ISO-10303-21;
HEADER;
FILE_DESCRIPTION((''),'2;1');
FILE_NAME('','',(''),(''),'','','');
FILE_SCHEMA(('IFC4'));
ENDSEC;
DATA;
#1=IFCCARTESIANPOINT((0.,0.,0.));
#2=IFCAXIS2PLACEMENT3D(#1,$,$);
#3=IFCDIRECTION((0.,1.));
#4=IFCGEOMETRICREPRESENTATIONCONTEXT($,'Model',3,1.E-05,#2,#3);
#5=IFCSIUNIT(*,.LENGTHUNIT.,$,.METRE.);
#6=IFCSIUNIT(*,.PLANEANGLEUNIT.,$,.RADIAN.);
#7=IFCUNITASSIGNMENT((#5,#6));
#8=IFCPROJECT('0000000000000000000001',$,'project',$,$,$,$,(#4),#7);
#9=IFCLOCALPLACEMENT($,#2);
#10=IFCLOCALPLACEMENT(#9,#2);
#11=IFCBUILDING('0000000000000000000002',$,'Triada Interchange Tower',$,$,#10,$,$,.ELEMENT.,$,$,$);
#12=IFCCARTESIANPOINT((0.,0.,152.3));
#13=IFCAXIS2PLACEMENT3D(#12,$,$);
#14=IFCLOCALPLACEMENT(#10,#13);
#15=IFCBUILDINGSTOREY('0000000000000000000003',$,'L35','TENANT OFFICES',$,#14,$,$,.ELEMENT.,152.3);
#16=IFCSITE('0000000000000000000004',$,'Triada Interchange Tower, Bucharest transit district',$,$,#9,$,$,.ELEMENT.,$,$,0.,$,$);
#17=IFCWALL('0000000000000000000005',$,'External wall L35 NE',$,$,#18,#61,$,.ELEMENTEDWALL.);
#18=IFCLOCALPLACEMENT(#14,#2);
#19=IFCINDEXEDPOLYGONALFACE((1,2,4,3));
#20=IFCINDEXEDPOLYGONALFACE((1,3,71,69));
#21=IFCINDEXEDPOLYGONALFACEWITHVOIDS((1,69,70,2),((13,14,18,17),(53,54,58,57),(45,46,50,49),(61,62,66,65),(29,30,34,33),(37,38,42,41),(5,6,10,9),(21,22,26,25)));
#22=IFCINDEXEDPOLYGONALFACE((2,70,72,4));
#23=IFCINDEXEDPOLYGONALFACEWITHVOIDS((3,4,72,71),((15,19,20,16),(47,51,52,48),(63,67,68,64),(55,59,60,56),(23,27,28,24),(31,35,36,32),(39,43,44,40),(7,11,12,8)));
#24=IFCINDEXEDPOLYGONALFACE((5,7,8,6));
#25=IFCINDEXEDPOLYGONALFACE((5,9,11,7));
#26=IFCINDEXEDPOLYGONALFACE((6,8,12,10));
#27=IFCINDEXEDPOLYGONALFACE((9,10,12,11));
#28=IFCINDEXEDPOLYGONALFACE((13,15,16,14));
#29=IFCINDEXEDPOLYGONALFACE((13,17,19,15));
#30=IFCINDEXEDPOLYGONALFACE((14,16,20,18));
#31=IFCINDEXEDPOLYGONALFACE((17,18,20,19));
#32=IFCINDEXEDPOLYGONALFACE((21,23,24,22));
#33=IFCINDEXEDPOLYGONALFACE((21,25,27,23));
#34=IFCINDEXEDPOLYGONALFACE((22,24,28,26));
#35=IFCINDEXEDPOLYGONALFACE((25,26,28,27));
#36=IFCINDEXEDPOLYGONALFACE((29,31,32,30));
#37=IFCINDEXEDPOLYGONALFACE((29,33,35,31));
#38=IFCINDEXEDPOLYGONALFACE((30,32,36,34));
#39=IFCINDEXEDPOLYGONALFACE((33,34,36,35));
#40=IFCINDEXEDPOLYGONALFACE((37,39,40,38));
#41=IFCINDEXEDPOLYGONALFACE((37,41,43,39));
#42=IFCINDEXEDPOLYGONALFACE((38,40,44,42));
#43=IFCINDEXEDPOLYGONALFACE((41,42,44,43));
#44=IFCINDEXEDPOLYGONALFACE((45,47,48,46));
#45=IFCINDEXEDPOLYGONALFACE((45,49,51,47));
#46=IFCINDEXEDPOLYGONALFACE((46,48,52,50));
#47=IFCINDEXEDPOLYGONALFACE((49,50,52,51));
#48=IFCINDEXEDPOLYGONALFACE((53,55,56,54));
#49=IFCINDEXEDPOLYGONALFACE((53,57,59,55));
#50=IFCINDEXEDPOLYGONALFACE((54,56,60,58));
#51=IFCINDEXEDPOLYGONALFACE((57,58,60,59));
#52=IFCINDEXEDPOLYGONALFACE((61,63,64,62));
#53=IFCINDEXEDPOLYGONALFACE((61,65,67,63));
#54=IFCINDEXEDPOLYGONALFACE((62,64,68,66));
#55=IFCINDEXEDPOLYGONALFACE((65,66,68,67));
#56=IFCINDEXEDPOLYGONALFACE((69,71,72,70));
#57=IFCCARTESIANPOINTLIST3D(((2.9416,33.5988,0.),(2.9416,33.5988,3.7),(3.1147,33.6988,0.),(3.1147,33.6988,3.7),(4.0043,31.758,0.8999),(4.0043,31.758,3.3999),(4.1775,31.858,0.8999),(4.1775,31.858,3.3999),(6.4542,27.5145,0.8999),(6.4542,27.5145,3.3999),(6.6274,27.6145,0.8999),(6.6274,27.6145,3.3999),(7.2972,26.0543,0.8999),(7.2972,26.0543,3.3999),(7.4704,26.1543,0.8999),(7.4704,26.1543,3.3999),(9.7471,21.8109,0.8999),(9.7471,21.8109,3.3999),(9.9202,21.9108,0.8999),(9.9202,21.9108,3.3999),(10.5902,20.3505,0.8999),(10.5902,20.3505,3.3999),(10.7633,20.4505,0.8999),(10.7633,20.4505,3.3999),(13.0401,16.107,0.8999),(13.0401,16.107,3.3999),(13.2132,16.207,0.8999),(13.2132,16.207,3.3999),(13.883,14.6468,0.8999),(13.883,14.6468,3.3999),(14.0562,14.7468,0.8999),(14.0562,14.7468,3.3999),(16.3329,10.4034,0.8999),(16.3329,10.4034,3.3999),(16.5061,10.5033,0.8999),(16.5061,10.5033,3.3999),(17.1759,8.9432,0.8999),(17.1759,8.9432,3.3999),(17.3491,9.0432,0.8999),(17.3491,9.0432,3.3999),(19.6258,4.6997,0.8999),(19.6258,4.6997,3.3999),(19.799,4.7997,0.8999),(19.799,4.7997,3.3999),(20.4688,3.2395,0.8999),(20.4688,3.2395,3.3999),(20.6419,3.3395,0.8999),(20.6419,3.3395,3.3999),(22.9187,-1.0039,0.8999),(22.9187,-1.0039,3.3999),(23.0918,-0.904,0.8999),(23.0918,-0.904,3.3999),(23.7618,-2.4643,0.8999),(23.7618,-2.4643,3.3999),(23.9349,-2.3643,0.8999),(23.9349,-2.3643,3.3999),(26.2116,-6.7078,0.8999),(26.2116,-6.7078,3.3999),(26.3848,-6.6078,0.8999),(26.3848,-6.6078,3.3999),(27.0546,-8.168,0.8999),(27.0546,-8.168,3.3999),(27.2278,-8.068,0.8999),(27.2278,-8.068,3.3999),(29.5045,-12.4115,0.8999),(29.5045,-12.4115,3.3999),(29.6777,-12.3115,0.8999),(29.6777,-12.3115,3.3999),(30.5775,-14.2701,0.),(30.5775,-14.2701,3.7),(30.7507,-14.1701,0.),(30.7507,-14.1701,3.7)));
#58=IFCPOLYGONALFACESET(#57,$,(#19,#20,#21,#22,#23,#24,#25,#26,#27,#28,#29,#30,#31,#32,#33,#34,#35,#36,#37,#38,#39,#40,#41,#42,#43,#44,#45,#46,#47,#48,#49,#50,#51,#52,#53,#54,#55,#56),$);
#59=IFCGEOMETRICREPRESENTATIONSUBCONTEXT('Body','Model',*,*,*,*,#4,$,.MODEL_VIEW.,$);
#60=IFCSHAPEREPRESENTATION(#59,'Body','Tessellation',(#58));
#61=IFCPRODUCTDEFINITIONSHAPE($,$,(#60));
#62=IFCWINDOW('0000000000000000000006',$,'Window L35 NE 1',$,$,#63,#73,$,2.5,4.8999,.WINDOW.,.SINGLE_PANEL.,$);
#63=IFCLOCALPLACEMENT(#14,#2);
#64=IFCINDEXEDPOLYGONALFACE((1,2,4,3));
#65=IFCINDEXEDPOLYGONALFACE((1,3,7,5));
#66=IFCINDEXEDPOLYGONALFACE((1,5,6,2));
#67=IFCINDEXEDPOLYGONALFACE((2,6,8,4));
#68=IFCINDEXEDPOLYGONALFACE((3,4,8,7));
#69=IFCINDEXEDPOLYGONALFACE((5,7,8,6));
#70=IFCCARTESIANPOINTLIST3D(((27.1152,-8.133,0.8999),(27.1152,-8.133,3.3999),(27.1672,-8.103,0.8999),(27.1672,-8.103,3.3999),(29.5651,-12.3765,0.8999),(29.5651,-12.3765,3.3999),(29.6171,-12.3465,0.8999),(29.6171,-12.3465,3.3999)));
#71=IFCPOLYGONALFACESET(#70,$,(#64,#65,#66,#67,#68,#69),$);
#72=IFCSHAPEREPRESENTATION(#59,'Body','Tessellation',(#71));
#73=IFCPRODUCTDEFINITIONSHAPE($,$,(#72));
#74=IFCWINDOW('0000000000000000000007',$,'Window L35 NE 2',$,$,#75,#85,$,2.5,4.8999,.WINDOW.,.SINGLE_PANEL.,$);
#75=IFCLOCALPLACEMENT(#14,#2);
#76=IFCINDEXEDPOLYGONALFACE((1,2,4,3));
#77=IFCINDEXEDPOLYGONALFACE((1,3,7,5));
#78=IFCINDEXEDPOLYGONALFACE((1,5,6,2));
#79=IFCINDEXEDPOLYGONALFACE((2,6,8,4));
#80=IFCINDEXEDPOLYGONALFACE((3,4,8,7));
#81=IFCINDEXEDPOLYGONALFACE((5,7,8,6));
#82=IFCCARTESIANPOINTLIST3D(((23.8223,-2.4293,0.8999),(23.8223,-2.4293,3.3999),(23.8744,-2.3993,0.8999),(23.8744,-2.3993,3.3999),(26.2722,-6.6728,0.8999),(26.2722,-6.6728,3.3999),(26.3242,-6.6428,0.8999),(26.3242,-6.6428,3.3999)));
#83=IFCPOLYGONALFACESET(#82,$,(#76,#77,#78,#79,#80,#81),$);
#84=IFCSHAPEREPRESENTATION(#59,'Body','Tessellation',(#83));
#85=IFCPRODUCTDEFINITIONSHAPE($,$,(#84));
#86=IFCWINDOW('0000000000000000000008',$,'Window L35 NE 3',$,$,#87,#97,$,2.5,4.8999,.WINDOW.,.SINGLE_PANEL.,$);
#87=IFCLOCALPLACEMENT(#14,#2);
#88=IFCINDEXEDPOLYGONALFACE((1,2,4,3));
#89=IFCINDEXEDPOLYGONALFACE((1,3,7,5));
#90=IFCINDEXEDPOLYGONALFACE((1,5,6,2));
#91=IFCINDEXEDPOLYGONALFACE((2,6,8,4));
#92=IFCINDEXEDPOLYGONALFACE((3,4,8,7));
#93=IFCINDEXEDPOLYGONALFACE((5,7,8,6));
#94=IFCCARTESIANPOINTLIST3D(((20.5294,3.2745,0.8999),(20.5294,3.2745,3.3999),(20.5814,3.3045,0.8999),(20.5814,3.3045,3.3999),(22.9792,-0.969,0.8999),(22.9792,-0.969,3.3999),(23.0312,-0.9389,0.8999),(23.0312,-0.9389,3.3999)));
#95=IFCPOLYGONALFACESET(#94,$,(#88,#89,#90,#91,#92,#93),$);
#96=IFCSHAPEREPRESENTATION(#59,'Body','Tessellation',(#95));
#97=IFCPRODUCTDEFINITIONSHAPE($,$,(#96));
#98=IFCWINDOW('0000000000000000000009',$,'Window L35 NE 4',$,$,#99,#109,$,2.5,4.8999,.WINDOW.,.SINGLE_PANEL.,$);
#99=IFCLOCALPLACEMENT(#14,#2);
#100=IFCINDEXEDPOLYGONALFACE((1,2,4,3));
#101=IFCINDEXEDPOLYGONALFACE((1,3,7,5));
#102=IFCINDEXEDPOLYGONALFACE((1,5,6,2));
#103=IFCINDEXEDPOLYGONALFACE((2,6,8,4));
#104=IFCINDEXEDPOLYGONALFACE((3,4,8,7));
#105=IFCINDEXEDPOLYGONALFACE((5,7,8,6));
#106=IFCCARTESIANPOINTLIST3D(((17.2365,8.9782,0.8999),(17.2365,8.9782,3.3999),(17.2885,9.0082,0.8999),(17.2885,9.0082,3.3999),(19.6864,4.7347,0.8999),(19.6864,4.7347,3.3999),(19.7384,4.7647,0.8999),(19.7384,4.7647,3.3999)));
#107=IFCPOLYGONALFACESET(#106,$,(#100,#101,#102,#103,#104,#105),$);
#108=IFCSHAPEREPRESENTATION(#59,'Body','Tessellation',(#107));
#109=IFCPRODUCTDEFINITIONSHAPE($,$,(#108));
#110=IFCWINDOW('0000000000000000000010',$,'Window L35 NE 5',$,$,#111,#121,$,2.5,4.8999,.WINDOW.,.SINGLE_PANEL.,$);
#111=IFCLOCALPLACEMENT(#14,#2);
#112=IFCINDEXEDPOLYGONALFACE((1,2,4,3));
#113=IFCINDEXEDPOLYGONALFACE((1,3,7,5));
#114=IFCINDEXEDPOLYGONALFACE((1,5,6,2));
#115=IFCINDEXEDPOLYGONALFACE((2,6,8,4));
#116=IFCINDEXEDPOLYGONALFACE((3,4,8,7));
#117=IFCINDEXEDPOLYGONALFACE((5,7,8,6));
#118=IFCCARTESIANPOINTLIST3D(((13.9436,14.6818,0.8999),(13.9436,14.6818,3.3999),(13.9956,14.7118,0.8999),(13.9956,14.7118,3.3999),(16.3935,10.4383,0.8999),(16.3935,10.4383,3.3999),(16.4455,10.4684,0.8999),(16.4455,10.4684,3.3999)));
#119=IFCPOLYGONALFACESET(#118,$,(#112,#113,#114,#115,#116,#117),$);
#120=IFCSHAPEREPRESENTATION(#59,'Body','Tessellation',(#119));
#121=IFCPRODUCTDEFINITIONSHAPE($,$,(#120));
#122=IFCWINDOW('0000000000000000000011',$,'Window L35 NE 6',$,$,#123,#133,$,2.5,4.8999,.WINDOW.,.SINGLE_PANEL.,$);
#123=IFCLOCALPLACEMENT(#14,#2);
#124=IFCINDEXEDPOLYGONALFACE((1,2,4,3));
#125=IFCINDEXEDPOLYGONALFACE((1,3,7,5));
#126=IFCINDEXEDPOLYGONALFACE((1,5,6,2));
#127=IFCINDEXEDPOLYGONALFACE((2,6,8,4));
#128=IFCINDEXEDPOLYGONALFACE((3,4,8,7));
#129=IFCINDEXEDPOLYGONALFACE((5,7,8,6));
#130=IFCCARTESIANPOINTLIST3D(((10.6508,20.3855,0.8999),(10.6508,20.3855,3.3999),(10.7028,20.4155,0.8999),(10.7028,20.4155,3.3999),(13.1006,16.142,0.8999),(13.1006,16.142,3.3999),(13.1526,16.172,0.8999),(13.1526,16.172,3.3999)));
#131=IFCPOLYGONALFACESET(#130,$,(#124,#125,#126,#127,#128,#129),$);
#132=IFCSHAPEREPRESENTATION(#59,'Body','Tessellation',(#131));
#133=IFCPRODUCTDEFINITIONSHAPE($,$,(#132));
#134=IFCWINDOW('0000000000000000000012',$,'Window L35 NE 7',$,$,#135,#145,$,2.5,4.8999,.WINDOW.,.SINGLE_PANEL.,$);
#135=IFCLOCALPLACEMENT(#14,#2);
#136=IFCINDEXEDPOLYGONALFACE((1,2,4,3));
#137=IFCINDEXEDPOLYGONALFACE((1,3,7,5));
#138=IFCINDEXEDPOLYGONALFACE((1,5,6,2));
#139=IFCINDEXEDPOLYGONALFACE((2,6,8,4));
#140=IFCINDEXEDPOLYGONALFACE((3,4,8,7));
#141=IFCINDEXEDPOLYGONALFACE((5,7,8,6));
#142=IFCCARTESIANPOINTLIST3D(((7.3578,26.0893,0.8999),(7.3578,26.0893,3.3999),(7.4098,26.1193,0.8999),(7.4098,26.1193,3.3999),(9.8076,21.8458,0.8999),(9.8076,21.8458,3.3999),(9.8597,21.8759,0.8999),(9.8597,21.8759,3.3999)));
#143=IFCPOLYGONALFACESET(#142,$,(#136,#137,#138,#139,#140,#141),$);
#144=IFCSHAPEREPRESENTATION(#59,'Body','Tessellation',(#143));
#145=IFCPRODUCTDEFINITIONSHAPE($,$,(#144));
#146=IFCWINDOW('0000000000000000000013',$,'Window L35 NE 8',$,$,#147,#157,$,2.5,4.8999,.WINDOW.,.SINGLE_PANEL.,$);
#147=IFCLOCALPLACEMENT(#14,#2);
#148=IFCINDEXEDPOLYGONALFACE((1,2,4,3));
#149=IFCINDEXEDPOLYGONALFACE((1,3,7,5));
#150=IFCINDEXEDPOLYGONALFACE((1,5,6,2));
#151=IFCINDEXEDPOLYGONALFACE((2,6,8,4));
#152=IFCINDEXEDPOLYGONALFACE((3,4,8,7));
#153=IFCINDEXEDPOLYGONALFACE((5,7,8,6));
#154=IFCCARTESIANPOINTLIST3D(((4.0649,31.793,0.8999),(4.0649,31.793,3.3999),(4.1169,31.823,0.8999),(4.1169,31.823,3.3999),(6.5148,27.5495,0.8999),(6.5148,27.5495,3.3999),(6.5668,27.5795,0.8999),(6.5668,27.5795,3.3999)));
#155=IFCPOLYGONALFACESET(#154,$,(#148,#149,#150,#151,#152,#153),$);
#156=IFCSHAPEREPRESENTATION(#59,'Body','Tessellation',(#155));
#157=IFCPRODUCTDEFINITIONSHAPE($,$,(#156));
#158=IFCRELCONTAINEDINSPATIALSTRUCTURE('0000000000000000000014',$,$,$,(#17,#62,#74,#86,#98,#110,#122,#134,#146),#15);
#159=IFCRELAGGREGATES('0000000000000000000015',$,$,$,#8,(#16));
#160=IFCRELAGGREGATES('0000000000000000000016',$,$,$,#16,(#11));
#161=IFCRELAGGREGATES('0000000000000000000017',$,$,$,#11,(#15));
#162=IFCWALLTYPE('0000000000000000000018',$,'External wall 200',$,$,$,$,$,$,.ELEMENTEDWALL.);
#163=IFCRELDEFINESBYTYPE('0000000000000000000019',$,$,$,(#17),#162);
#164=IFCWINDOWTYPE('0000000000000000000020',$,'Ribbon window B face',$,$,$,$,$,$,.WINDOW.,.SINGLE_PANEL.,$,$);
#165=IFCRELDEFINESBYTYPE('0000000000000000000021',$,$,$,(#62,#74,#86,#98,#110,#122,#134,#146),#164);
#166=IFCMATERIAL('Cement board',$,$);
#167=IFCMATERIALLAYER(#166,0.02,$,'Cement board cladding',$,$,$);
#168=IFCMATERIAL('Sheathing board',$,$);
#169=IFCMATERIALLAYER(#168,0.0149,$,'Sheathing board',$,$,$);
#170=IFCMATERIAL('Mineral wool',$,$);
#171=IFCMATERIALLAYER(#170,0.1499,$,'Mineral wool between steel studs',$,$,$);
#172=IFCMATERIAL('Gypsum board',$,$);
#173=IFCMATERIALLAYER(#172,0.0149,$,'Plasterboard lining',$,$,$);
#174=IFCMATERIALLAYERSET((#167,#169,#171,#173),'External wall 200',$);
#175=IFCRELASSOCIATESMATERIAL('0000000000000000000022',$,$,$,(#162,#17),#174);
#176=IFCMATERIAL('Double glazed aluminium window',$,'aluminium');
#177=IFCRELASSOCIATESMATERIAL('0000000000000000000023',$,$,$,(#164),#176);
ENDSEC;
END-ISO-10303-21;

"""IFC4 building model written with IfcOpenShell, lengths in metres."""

from ifc_helpers import new_model, si_unit, direction, frame, frame_2d, origin, place, context, subcontext, project, spatial, rectangle, extrude, material, layer, layer_set, layer_usage, type_object, element, fill, save


model = new_model("IFC4")

# Units and contexts
model_context = context("Model", 3, precision=1e-05, world=origin(), true_north=direction((0.0, 1.0)))
body_context = subcontext(model_context, "Body", "Model", "MODEL_VIEW")
ifc_project = project(units=[si_unit("LENGTHUNIT", "METRE"), si_unit("PLANEANGLEUNIT", "RADIAN")], contexts=[model_context])

# Site, building, storey
site_placement = place(None, origin())
site = spatial("IfcSite", under=ifc_project, at=site_placement, Name="Triada Interchange Tower, Bucharest transit district", CompositionType="ELEMENT", RefElevation=0.0)
building_placement = place(site_placement, origin())
building = spatial("IfcBuilding", under=site, at=building_placement, Name="Triada Interchange Tower", CompositionType="ELEMENT")
storey_placement = place(building_placement, frame((0.0, 0.0, 152.3)))
storey = spatial("IfcBuildingStorey", under=building, at=storey_placement, Name="L35", Description="TENANT OFFICES", CompositionType="ELEMENT", Elevation=152.3)

# Shared definitions
ifc_material_1 = material(Name="Cement board")
ifc_layer_1 = layer(ifc_material_1, 0.02, Name="Cement board cladding")
ifc_material_2 = material(Name="Sheathing board")
ifc_layer_2 = layer(ifc_material_2, 0.0149, Name="Sheathing board")
ifc_material_3 = material(Name="Mineral wool")
ifc_layer_3 = layer(ifc_material_3, 0.1499, Name="Mineral wool between steel studs")
ifc_material_4 = material(Name="Gypsum board")
ifc_layer_4 = layer(ifc_material_4, 0.0149, Name="Plasterboard lining")
ifc_layer_set_1 = layer_set([ifc_layer_1, ifc_layer_2, ifc_layer_3, ifc_layer_4], Name="External wall 200")
ifc_layer_usage = layer_usage(ifc_layer_set_1, "AXIS2", "POSITIVE", -0.1001)
wall_type = type_object("IfcWallType", Name="External wall 200", PredefinedType="ELEMENTEDWALL", material=ifc_layer_set_1)
ifc_material_5 = material(Name="Double glazed aluminium window", Category="aluminium")

# Wall, openings, windows
wall_1_placement = place(storey_placement, frame((30.6641, -14.22, 0.0), z_axis=(0.0, 0.0, 1.0), x_axis=(-0.499985, 0.866034, 0.0)))
wall_1 = element("IfcWall", 1, at=wall_1_placement, inside=storey, type_object=wall_type, material=ifc_layer_usage, Name="External wall L35 NE", PredefinedType="ELEMENTEDWALL", context=body_context, shape_type="SweptSolid", body=[
    extrude(rectangle(XDim=55.2737, YDim=0.2, at=frame_2d((27.6367, 0.0))), origin(), (0.0, 0.0, 1.0), 3.7),
])
opening_1_placement = place(wall_1_placement, frame((2.146, 0.0, 0.8999)))
opening_1 = element("IfcOpeningElement", 2, at=opening_1_placement, cuts=wall_1, PredefinedType="OPENING", context=body_context, shape_type="SweptSolid", body=[
    extrude(rectangle(XDim=4.8999, YDim=2.5, at=frame_2d((2.45, 1.25))), frame((0.0, 0.1099, 0.0), z_axis=(0.0, -1.0, 0.0), x_axis=(1.0, 0.0, 0.0)), (0.0, 0.0, 1.0), 0.22),
])
opening_2_placement = place(wall_1_placement, frame((8.7319, 0.0, 0.8999)))
opening_2 = element("IfcOpeningElement", 3, at=opening_2_placement, cuts=wall_1, PredefinedType="OPENING", context=body_context, shape_type="SweptSolid", body=[
    extrude(rectangle(XDim=4.8999, YDim=2.5, at=frame_2d((2.45, 1.25))), frame((0.0, 0.1099, 0.0), z_axis=(0.0, -1.0, 0.0), x_axis=(1.0, 0.0, 0.0)), (0.0, 0.0, 1.0), 0.22),
])
opening_3_placement = place(wall_1_placement, frame((15.3181, 0.0, 0.8999)))
opening_3 = element("IfcOpeningElement", 4, at=opening_3_placement, cuts=wall_1, PredefinedType="OPENING", context=body_context, shape_type="SweptSolid", body=[
    extrude(rectangle(XDim=4.8999, YDim=2.5, at=frame_2d((2.45, 1.25))), frame((0.0, 0.1099, 0.0), z_axis=(0.0, -1.0, 0.0), x_axis=(1.0, 0.0, 0.0)), (0.0, 0.0, 1.0), 0.22),
])
opening_4_placement = place(wall_1_placement, frame((21.9041, 0.0, 0.8999)))
opening_4 = element("IfcOpeningElement", 5, at=opening_4_placement, cuts=wall_1, PredefinedType="OPENING", context=body_context, shape_type="SweptSolid", body=[
    extrude(rectangle(XDim=4.8999, YDim=2.5, at=frame_2d((2.45, 1.25))), frame((0.0, 0.1099, 0.0), z_axis=(0.0, -1.0, 0.0), x_axis=(1.0, 0.0, 0.0)), (0.0, 0.0, 1.0), 0.22),
])
opening_5_placement = place(wall_1_placement, frame((28.49, 0.0, 0.8999)))
opening_5 = element("IfcOpeningElement", 6, at=opening_5_placement, cuts=wall_1, PredefinedType="OPENING", context=body_context, shape_type="SweptSolid", body=[
    extrude(rectangle(XDim=4.8999, YDim=2.5, at=frame_2d((2.45, 1.25))), frame((0.0, 0.1099, 0.0), z_axis=(0.0, -1.0, 0.0), x_axis=(1.0, 0.0, 0.0)), (0.0, 0.0, 1.0), 0.22),
])
opening_6_placement = place(wall_1_placement, frame((35.0759, 0.0, 0.8999)))
opening_6 = element("IfcOpeningElement", 7, at=opening_6_placement, cuts=wall_1, PredefinedType="OPENING", context=body_context, shape_type="SweptSolid", body=[
    extrude(rectangle(XDim=4.8999, YDim=2.5, at=frame_2d((2.45, 1.25))), frame((0.0, 0.1099, 0.0), z_axis=(0.0, -1.0, 0.0), x_axis=(1.0, 0.0, 0.0)), (0.0, 0.0, 1.0), 0.22),
])
opening_7_placement = place(wall_1_placement, frame((41.6621, 0.0, 0.8999)))
opening_7 = element("IfcOpeningElement", 8, at=opening_7_placement, cuts=wall_1, PredefinedType="OPENING", context=body_context, shape_type="SweptSolid", body=[
    extrude(rectangle(XDim=4.8999, YDim=2.5, at=frame_2d((2.45, 1.25))), frame((0.0, 0.1099, 0.0), z_axis=(0.0, -1.0, 0.0), x_axis=(1.0, 0.0, 0.0)), (0.0, 0.0, 1.0), 0.22),
])
opening_8_placement = place(wall_1_placement, frame((48.248, 0.0, 0.8999)))
opening_8 = element("IfcOpeningElement", 9, at=opening_8_placement, cuts=wall_1, PredefinedType="OPENING", context=body_context, shape_type="SweptSolid", body=[
    extrude(rectangle(XDim=4.8999, YDim=2.5, at=frame_2d((2.45, 1.25))), frame((0.0, 0.1099, 0.0), z_axis=(0.0, -1.0, 0.0), x_axis=(1.0, 0.0, 0.0)), (0.0, 0.0, 1.0), 0.22),
])
window_type_1 = type_object("IfcWindowType", Name="Ribbon window B face", PartitioningType="SINGLE_PANEL", PredefinedType="WINDOW", material=ifc_material_5)
window_1_placement = place(opening_1_placement, origin())
window_1 = element("IfcWindow", 10, at=window_1_placement, inside=storey, type_object=window_type_1, Name="Window L35 NE 1", OverallHeight=2.5, OverallWidth=4.8999, PartitioningType="SINGLE_PANEL", PredefinedType="WINDOW", context=body_context, shape_type="SweptSolid", body=[
    extrude(rectangle(XDim=4.8999, YDim=2.5, at=frame_2d((2.45, 1.25))), frame((0.0, 0.03, 0.0), z_axis=(0.0, -1.0, 0.0), x_axis=(1.0, 0.0, 0.0)), (0.0, 0.0, 1.0), 0.0601),
])
fill(opening_1, window_1)
window_2_placement = place(opening_2_placement, origin())
window_2 = element("IfcWindow", 11, at=window_2_placement, inside=storey, type_object=window_type_1, Name="Window L35 NE 2", OverallHeight=2.5, OverallWidth=4.8999, PartitioningType="SINGLE_PANEL", PredefinedType="WINDOW", context=body_context, shape_type="SweptSolid", body=[
    extrude(rectangle(XDim=4.8999, YDim=2.5, at=frame_2d((2.45, 1.25))), frame((0.0, 0.03, 0.0), z_axis=(0.0, -1.0, 0.0), x_axis=(1.0, 0.0, 0.0)), (0.0, 0.0, 1.0), 0.0601),
])
fill(opening_2, window_2)
window_3_placement = place(opening_3_placement, origin())
window_3 = element("IfcWindow", 12, at=window_3_placement, inside=storey, type_object=window_type_1, Name="Window L35 NE 3", OverallHeight=2.5, OverallWidth=4.8999, PartitioningType="SINGLE_PANEL", PredefinedType="WINDOW", context=body_context, shape_type="SweptSolid", body=[
    extrude(rectangle(XDim=4.8999, YDim=2.5, at=frame_2d((2.45, 1.25))), frame((0.0, 0.03, 0.0), z_axis=(0.0, -1.0, 0.0), x_axis=(1.0, 0.0, 0.0)), (0.0, 0.0, 1.0), 0.0601),
])
fill(opening_3, window_3)
window_4_placement = place(opening_4_placement, origin())
window_4 = element("IfcWindow", 13, at=window_4_placement, inside=storey, type_object=window_type_1, Name="Window L35 NE 4", OverallHeight=2.5, OverallWidth=4.8999, PartitioningType="SINGLE_PANEL", PredefinedType="WINDOW", context=body_context, shape_type="SweptSolid", body=[
    extrude(rectangle(XDim=4.8999, YDim=2.5, at=frame_2d((2.45, 1.25))), frame((0.0, 0.03, 0.0), z_axis=(0.0, -1.0, 0.0), x_axis=(1.0, 0.0, 0.0)), (0.0, 0.0, 1.0), 0.0601),
])
fill(opening_4, window_4)
window_5_placement = place(opening_5_placement, origin())
window_5 = element("IfcWindow", 14, at=window_5_placement, inside=storey, type_object=window_type_1, Name="Window L35 NE 5", OverallHeight=2.5, OverallWidth=4.8999, PartitioningType="SINGLE_PANEL", PredefinedType="WINDOW", context=body_context, shape_type="SweptSolid", body=[
    extrude(rectangle(XDim=4.8999, YDim=2.5, at=frame_2d((2.45, 1.25))), frame((0.0, 0.03, 0.0), z_axis=(0.0, -1.0, 0.0), x_axis=(1.0, 0.0, 0.0)), (0.0, 0.0, 1.0), 0.0601),
])
fill(opening_5, window_5)
window_6_placement = place(opening_6_placement, origin())
window_6 = element("IfcWindow", 15, at=window_6_placement, inside=storey, type_object=window_type_1, Name="Window L35 NE 6", OverallHeight=2.5, OverallWidth=4.8999, PartitioningType="SINGLE_PANEL", PredefinedType="WINDOW", context=body_context, shape_type="SweptSolid", body=[
    extrude(rectangle(XDim=4.8999, YDim=2.5, at=frame_2d((2.45, 1.25))), frame((0.0, 0.03, 0.0), z_axis=(0.0, -1.0, 0.0), x_axis=(1.0, 0.0, 0.0)), (0.0, 0.0, 1.0), 0.0601),
])
fill(opening_6, window_6)
window_7_placement = place(opening_7_placement, origin())
window_7 = element("IfcWindow", 16, at=window_7_placement, inside=storey, type_object=window_type_1, Name="Window L35 NE 7", OverallHeight=2.5, OverallWidth=4.8999, PartitioningType="SINGLE_PANEL", PredefinedType="WINDOW", context=body_context, shape_type="SweptSolid", body=[
    extrude(rectangle(XDim=4.8999, YDim=2.5, at=frame_2d((2.45, 1.25))), frame((0.0, 0.03, 0.0), z_axis=(0.0, -1.0, 0.0), x_axis=(1.0, 0.0, 0.0)), (0.0, 0.0, 1.0), 0.0601),
])
fill(opening_7, window_7)
window_8_placement = place(opening_8_placement, origin())
window_8 = element("IfcWindow", 17, at=window_8_placement, inside=storey, type_object=window_type_1, Name="Window L35 NE 8", OverallHeight=2.5, OverallWidth=4.8999, PartitioningType="SINGLE_PANEL", PredefinedType="WINDOW", context=body_context, shape_type="SweptSolid", body=[
    extrude(rectangle(XDim=4.8999, YDim=2.5, at=frame_2d((2.45, 1.25))), frame((0.0, 0.03, 0.0), z_axis=(0.0, -1.0, 0.0), x_axis=(1.0, 0.0, 0.0)), (0.0, 0.0, 1.0), 0.0601),
])
fill(opening_8, window_8)

save(model, "model.ifc")
